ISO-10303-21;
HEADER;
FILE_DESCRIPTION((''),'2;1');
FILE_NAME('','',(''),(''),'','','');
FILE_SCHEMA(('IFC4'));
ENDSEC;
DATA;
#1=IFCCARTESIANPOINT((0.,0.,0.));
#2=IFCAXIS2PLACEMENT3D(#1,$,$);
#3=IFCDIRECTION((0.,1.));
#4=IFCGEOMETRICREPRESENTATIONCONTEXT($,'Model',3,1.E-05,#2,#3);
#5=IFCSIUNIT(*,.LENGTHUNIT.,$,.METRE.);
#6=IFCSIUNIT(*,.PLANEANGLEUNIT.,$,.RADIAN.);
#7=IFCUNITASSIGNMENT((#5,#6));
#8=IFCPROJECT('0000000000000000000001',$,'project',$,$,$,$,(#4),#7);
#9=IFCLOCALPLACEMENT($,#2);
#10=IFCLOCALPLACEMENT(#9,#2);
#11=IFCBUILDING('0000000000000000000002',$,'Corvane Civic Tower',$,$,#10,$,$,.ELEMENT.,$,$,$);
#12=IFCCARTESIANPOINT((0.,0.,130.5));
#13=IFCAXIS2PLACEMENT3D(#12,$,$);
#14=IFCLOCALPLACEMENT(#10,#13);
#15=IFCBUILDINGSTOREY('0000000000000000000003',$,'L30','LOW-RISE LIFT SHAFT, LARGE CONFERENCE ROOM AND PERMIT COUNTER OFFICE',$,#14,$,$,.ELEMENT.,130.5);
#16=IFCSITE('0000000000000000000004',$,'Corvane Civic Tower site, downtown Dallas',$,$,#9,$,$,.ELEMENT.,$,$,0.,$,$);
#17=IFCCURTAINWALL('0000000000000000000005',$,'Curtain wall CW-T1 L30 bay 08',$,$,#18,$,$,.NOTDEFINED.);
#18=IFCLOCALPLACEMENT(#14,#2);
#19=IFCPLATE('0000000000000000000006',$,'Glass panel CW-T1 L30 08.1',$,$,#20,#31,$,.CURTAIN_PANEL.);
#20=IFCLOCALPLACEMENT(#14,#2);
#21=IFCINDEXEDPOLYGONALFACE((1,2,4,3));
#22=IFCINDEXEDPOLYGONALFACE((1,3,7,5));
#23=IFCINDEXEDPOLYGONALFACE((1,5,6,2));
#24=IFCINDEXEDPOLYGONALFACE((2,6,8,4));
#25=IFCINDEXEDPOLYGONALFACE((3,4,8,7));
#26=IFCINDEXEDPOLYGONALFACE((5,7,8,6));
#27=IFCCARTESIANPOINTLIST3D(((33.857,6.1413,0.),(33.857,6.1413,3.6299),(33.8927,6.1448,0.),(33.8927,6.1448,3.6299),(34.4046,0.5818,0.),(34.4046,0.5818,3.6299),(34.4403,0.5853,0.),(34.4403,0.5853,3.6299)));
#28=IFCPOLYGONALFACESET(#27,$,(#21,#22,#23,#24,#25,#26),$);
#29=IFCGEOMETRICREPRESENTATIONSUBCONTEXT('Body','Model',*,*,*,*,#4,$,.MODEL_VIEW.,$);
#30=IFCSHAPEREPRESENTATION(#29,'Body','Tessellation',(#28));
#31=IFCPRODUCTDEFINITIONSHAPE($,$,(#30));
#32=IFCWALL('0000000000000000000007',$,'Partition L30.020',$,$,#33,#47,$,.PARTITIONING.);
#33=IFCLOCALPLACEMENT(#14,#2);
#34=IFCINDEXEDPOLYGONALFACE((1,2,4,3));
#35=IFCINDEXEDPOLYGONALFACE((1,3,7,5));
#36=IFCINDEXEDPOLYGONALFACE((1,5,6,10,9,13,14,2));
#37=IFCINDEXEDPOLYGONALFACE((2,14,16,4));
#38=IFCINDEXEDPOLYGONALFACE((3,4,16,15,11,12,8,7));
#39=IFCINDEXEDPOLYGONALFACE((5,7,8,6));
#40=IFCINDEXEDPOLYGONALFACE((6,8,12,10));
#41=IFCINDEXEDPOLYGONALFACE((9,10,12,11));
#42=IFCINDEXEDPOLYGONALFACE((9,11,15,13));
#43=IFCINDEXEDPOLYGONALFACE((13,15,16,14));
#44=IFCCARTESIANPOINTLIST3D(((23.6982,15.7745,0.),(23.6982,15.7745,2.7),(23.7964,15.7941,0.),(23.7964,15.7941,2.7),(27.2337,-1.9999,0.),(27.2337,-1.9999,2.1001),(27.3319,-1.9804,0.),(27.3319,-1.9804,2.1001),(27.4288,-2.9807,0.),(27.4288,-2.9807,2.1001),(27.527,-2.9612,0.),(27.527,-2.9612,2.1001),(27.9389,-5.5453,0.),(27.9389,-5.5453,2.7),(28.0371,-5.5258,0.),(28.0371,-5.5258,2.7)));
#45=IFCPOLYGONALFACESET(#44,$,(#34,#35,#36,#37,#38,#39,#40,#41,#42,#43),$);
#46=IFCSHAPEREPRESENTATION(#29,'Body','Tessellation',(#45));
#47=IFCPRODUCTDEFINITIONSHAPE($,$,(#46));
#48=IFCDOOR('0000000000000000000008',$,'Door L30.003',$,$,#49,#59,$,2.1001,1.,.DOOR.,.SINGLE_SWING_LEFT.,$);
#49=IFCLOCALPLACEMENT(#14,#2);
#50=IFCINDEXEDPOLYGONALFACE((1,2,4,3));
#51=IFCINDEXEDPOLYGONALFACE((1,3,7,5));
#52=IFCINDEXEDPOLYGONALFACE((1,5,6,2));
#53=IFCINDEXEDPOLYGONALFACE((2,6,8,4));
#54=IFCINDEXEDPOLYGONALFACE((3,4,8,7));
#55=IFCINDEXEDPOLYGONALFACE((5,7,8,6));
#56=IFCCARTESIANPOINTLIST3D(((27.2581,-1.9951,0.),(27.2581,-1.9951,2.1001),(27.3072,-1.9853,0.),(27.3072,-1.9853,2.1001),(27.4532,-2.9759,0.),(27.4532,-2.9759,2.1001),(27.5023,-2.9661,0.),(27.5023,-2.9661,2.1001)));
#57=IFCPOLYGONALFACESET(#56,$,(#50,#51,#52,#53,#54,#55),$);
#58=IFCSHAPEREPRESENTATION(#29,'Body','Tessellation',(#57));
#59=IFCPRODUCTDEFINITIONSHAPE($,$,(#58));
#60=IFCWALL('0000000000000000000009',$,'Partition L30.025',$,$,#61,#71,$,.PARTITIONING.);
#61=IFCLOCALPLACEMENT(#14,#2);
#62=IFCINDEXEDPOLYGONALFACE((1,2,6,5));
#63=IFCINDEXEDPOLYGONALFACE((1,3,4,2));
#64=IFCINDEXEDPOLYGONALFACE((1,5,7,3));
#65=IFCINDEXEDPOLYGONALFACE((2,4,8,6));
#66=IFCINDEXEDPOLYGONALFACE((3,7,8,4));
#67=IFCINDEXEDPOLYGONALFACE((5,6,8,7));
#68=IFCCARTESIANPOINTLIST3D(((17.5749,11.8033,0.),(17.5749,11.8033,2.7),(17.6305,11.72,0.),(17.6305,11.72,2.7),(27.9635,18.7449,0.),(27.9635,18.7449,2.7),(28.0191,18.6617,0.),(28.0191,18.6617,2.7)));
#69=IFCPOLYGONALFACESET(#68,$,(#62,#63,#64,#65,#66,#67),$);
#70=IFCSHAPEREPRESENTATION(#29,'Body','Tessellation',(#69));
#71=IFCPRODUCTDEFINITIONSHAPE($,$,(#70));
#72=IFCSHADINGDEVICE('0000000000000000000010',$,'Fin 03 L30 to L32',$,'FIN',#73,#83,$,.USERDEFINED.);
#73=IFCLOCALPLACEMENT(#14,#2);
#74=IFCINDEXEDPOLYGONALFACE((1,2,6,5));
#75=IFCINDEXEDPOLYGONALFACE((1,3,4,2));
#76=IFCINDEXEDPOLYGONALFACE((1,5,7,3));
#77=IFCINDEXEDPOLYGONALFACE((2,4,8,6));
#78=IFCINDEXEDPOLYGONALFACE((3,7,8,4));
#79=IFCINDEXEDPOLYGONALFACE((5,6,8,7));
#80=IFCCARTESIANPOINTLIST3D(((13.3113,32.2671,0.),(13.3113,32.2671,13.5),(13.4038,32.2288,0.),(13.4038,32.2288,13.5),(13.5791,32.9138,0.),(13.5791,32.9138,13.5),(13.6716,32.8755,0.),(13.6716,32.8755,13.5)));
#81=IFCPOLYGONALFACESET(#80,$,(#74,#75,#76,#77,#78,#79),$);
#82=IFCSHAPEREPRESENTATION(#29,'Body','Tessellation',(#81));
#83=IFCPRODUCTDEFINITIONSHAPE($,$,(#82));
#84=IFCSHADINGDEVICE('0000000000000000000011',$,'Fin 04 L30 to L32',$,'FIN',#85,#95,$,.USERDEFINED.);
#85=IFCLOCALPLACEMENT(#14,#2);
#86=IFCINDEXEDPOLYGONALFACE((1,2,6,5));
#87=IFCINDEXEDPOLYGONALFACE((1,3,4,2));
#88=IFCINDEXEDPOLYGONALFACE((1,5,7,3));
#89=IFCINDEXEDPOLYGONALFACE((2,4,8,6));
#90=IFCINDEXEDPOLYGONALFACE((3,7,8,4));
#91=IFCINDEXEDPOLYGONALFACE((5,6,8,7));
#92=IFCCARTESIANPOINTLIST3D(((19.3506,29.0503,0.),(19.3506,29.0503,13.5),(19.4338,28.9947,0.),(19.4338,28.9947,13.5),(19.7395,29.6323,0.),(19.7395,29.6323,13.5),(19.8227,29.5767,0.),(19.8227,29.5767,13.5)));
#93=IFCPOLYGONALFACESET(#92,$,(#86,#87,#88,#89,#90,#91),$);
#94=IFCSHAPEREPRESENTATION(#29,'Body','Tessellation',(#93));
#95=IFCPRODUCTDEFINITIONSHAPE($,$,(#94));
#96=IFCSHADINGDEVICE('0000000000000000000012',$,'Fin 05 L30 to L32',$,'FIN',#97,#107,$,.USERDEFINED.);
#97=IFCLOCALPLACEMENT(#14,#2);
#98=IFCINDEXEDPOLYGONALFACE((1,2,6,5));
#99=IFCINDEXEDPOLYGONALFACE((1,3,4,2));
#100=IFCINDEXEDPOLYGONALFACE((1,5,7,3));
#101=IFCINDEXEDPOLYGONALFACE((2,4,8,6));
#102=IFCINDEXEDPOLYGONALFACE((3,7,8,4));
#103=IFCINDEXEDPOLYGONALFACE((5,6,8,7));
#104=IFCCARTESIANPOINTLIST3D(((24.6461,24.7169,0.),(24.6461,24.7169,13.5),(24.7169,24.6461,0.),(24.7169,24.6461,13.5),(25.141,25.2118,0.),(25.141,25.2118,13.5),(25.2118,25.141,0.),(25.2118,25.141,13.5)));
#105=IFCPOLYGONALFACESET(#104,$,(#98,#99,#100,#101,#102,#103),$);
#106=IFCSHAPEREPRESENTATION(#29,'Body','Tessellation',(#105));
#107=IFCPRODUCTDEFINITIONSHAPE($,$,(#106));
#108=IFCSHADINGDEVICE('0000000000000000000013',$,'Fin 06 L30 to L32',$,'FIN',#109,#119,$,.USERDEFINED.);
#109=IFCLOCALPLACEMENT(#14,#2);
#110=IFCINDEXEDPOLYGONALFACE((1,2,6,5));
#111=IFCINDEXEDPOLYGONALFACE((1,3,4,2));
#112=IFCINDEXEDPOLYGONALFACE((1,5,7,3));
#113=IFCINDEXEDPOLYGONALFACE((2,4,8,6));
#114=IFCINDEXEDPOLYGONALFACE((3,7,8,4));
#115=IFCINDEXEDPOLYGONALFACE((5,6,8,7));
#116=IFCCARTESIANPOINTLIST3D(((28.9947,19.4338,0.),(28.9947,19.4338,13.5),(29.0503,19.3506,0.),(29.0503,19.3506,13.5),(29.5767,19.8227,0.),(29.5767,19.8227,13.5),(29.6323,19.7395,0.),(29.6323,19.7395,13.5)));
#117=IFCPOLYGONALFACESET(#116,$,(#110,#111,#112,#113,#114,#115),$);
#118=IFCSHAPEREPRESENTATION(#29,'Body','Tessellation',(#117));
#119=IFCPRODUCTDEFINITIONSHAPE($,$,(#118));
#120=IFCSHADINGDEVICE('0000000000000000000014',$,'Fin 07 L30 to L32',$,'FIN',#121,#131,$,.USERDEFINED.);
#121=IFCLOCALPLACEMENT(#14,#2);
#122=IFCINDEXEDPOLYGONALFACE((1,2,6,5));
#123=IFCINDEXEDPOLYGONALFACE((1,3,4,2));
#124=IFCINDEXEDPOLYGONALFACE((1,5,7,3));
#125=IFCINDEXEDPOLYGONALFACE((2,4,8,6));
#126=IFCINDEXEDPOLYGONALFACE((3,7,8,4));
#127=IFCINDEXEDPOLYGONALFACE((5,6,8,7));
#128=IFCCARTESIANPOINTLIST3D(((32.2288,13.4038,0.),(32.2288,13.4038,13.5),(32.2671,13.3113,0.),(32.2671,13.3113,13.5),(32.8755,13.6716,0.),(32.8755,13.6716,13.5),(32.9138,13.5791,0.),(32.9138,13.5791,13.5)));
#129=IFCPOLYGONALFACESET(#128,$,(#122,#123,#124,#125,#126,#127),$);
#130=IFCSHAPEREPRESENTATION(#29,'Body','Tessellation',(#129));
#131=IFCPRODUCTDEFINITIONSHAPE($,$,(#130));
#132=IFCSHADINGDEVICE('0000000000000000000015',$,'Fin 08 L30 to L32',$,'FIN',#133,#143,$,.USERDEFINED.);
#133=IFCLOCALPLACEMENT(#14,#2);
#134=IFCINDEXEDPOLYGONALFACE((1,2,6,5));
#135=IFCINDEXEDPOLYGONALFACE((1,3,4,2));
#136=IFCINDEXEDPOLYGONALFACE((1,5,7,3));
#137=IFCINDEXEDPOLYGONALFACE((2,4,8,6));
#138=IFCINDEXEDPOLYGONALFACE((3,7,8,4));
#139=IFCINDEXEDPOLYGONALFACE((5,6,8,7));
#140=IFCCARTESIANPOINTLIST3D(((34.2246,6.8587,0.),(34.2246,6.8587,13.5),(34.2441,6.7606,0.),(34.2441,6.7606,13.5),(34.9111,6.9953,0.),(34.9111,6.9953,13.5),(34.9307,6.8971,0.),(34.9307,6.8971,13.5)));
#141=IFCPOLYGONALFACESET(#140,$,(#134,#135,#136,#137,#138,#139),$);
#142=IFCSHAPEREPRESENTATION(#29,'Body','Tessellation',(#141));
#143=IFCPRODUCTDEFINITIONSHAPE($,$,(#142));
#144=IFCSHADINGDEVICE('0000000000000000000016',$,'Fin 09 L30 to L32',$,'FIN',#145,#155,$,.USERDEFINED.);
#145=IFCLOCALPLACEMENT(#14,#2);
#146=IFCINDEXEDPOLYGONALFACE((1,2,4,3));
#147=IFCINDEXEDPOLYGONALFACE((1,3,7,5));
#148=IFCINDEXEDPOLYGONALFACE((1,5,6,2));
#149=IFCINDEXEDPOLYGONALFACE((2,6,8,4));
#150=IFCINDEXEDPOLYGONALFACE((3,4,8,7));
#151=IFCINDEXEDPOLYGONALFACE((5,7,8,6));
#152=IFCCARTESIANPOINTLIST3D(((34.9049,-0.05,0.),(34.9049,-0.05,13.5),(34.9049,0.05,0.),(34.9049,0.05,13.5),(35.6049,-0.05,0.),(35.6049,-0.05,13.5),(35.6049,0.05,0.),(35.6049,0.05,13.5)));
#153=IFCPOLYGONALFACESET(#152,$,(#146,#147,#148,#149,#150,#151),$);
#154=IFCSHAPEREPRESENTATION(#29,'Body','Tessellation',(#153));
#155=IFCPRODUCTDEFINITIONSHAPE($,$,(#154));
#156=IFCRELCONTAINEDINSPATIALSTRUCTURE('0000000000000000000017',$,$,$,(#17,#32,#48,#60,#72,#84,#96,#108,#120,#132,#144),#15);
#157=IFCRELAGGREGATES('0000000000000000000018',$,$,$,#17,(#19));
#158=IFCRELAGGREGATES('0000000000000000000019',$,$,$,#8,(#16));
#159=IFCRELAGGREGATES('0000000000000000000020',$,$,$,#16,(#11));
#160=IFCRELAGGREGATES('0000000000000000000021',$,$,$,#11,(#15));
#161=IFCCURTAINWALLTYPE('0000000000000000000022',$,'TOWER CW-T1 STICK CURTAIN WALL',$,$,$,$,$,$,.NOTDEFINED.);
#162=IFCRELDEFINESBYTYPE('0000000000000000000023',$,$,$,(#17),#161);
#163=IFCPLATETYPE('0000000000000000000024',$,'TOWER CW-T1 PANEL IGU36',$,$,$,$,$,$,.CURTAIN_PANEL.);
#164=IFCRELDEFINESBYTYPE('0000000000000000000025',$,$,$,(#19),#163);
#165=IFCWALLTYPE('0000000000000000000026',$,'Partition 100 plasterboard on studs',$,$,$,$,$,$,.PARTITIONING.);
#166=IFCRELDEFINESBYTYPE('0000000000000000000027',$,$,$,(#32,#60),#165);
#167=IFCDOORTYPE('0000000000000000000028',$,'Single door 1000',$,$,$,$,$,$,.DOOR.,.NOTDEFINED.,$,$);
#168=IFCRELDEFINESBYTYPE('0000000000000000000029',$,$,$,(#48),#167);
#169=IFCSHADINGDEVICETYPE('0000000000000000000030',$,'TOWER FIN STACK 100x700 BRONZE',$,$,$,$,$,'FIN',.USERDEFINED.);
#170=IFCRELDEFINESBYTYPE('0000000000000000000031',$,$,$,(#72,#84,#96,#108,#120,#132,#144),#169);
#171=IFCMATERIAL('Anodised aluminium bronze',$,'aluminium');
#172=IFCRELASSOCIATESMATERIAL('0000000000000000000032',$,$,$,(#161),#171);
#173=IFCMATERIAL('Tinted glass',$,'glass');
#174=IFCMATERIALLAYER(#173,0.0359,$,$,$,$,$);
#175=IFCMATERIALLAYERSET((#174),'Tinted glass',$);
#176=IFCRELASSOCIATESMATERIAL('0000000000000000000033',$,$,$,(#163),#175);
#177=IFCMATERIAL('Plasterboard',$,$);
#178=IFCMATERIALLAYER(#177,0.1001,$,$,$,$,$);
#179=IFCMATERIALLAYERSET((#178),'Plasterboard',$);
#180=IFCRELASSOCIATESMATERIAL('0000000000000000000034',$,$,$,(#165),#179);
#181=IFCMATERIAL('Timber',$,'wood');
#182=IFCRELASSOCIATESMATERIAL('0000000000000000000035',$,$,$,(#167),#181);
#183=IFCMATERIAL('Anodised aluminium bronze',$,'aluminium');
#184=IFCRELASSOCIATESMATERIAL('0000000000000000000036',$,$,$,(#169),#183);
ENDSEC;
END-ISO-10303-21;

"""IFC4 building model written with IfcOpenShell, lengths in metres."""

from ifc_helpers import new_model, si_unit, direction, frame, frame_2d, origin, origin_2d, place, context, subcontext, project, spatial, rectangle, extrude, material, layer, layer_set, material_profile, profile_set, type_object, element, fill, aggregate, save


model = new_model("IFC4")

# Units and contexts
model_context = context("Model", 3, precision=1e-05, world=origin(), true_north=direction((0.0, 1.0)))
body_context = subcontext(model_context, "Body", "Model", "MODEL_VIEW")
ifc_project = project(units=[si_unit("LENGTHUNIT", "METRE"), si_unit("PLANEANGLEUNIT", "RADIAN")], contexts=[model_context])

# Site, building, storey
site_placement = place(None, origin())
site = spatial("IfcSite", under=ifc_project, at=site_placement, Name="Corvane Civic Tower site, downtown Dallas", CompositionType="ELEMENT", RefElevation=0.0)
building_placement = place(site_placement, origin())
building = spatial("IfcBuilding", under=site, at=building_placement, Name="Corvane Civic Tower", CompositionType="ELEMENT")
storey_placement = place(building_placement, frame((0.0, 0.0, 130.5)))
storey = spatial("IfcBuildingStorey", under=building, at=storey_placement, Name="L30", Description="LOW-RISE LIFT SHAFT, LARGE CONFERENCE ROOM AND PERMIT COUNTER OFFICE", CompositionType="ELEMENT", Elevation=130.5)

# Curtain wall
ifc_material_1 = material(Name="Anodised aluminium bronze", Category="aluminium")
curtain_wall_type = type_object("IfcCurtainWallType", Name="TOWER CW-T1 STICK CURTAIN WALL", PredefinedType="NOTDEFINED", material=ifc_material_1)
curtain_wall_1_placement = place(storey_placement, origin())
curtain_wall_1 = element("IfcCurtainWall", 1, at=curtain_wall_1_placement, inside=storey, type_object=curtain_wall_type, Name="Curtain wall CW-T1 L30 bay 08", PredefinedType="NOTDEFINED")

# Plate
ifc_material_2 = material(Name="Tinted glass", Category="glass")
ifc_layer_1 = layer(ifc_material_2, 0.0359)
ifc_layer_set_1 = layer_set([ifc_layer_1], Name="Tinted glass")
plate_type = type_object("IfcPlateType", Name="TOWER CW-T1 PANEL IGU36", PredefinedType="CURTAIN_PANEL", material=ifc_layer_set_1)
plate_1_placement = place(storey_placement, frame((34.1487, 3.3633, 0.0), z_axis=(0.0, 0.0, 1.0), x_axis=(0.098027, -0.995184, 0.0)))
plate_1 = element("IfcPlate", 2, at=plate_1_placement, type_object=plate_type, Name="Glass panel CW-T1 L30 08.1", PredefinedType="CURTAIN_PANEL", context=body_context, shape_type="SweptSolid", body=[
    extrude(rectangle(XDim=5.5864, YDim=0.0359, at=origin_2d()), origin(), (0.0, 0.0, 1.0), 3.6299),
])
aggregate(curtain_wall_1, [plate_1])

# Wall, opening, door
ifc_material_3 = material(Name="Plasterboard")
ifc_layer_2 = layer(ifc_material_3, 0.1001)
ifc_layer_set_2 = layer_set([ifc_layer_2], Name="Plasterboard")
wall_type = type_object("IfcWallType", Name="Partition 100 plasterboard on studs", PredefinedType="PARTITIONING", material=ifc_layer_set_2)
wall_1_placement = place(storey_placement, frame((23.7473, 15.7842, 0.0), z_axis=(0.0, 0.0, 1.0), x_axis=(0.195088, -0.980786, 0.0)))
wall_1 = element("IfcWall", 3, at=wall_1_placement, inside=storey, type_object=wall_type, Name="Partition L30.020", PredefinedType="PARTITIONING", context=body_context, shape_type="SweptSolid", body=[
    extrude(rectangle(XDim=21.7375, YDim=0.1001, at=frame_2d((10.8687, 0.0))), origin(), (0.0, 0.0, 1.0), 2.7),
])
opening_placement = place(wall_1_placement, frame((18.1226, 0.0, 0.0)))
opening = element("IfcOpeningElement", 4, at=opening_placement, cuts=wall_1, PredefinedType="OPENING", context=body_context, shape_type="SweptSolid", body=[
    extrude(rectangle(XDim=1.0, YDim=2.1001, at=frame_2d((0.5, 1.05))), frame((0.0, 0.0601, 0.0), z_axis=(0.0, -1.0, 0.0), x_axis=(1.0, 0.0, 0.0)), (0.0, 0.0, 1.0), 0.1201),
])
ifc_material_4 = material(Name="Timber", Category="wood")
door_type = type_object("IfcDoorType", Name="Single door 1000", OperationType="NOTDEFINED", PredefinedType="DOOR", material=ifc_material_4)
door_placement = place(opening_placement, origin())
door = element("IfcDoor", 5, at=door_placement, inside=storey, type_object=door_type, Name="Door L30.003", OperationType="SINGLE_SWING_LEFT", OverallHeight=2.1001, OverallWidth=1.0, PredefinedType="DOOR", context=body_context, shape_type="SweptSolid", body=[
    extrude(rectangle(XDim=1.0, YDim=2.1001, at=frame_2d((0.5, 1.05))), frame((0.0, 0.0249, 0.0), z_axis=(0.0, -1.0, 0.0), x_axis=(1.0, 0.0, 0.0)), (0.0, 0.0, 1.0), 0.05),
])
fill(opening, door)

# Wall
wall_2_placement = place(storey_placement, frame((17.6028, 11.7617, 0.0), z_axis=(0.0, 0.0, 1.0), x_axis=(0.831464, 0.555579, 0.0)))
element("IfcWall", 6, at=wall_2_placement, inside=storey, type_object=wall_type, Name="Partition L30.025", PredefinedType="PARTITIONING", context=body_context, shape_type="SweptSolid", body=[
    extrude(rectangle(XDim=12.4944, YDim=0.1001, at=frame_2d((6.2471, 0.0))), origin(), (0.0, 0.0, 1.0), 2.7),
])

# Shading devices
ifc_material_5 = material(Name="Anodised aluminium bronze", Category="aluminium")
ifc_material_profile_1 = material_profile(ifc_material_5, rectangle(XDim=0.1001, YDim=0.7, at=origin_2d()), Name="TOWER FIN STACK 100x700 BRONZE")
ifc_profile_set_1 = profile_set([ifc_material_profile_1], Name="Anodised aluminium bronze")
shading_device_type = type_object("IfcShadingDeviceType", Name="TOWER FIN STACK 100x700 BRONZE", ElementType="FIN", PredefinedType="USERDEFINED", material=ifc_profile_set_1)
for number, where, z_axis, x_axis, name in (
    (7, (13.4915, 32.5713, 0.0), (0.0, 0.0, 1.0), (0.92388, -0.382683, 0.0), "Fin 03 L30 to L32"),
    (8, (19.5867, 29.3135, 0.0), (0.0, 0.0, 1.0), (0.83147, -0.55557, 0.0), "Fin 04 L30 to L32"),
    (9, (24.929, 24.929, 0.0), (0.0, 0.0, 1.0), (0.707107, -0.707107, 0.0), "Fin 05 L30 to L32"),
    (10, (29.3135, 19.5867, 0.0), (0.0, 0.0, 1.0), (0.55557, -0.83147, 0.0), "Fin 06 L30 to L32"),
    (11, (32.5713, 13.4915, 0.0), (0.0, 0.0, 1.0), (0.382683, -0.92388, 0.0), "Fin 07 L30 to L32"),
    (12, (34.5776, 6.8779, 0.0), (0.0, 0.0, 1.0), (0.19509, -0.980785, 0.0), "Fin 08 L30 to L32"),
    (13, (35.2549, 0.0, 0.0), (0.0, 0.0, 1.0), (0.0, -1.0, 0.0), "Fin 09 L30 to L32"),
):
    element("IfcShadingDevice", number, at=place(storey_placement, frame(where, z_axis=z_axis, x_axis=x_axis)), inside=storey, type_object=shading_device_type, Name=name, ObjectType="FIN", PredefinedType="USERDEFINED", context=body_context, shape_type="SweptSolid", body=[
        extrude(rectangle(XDim=0.1001, YDim=0.7, at=origin_2d()), origin(), (0.0, 0.0, 1.0), 13.5),
    ])

save(model, "model.ifc")
